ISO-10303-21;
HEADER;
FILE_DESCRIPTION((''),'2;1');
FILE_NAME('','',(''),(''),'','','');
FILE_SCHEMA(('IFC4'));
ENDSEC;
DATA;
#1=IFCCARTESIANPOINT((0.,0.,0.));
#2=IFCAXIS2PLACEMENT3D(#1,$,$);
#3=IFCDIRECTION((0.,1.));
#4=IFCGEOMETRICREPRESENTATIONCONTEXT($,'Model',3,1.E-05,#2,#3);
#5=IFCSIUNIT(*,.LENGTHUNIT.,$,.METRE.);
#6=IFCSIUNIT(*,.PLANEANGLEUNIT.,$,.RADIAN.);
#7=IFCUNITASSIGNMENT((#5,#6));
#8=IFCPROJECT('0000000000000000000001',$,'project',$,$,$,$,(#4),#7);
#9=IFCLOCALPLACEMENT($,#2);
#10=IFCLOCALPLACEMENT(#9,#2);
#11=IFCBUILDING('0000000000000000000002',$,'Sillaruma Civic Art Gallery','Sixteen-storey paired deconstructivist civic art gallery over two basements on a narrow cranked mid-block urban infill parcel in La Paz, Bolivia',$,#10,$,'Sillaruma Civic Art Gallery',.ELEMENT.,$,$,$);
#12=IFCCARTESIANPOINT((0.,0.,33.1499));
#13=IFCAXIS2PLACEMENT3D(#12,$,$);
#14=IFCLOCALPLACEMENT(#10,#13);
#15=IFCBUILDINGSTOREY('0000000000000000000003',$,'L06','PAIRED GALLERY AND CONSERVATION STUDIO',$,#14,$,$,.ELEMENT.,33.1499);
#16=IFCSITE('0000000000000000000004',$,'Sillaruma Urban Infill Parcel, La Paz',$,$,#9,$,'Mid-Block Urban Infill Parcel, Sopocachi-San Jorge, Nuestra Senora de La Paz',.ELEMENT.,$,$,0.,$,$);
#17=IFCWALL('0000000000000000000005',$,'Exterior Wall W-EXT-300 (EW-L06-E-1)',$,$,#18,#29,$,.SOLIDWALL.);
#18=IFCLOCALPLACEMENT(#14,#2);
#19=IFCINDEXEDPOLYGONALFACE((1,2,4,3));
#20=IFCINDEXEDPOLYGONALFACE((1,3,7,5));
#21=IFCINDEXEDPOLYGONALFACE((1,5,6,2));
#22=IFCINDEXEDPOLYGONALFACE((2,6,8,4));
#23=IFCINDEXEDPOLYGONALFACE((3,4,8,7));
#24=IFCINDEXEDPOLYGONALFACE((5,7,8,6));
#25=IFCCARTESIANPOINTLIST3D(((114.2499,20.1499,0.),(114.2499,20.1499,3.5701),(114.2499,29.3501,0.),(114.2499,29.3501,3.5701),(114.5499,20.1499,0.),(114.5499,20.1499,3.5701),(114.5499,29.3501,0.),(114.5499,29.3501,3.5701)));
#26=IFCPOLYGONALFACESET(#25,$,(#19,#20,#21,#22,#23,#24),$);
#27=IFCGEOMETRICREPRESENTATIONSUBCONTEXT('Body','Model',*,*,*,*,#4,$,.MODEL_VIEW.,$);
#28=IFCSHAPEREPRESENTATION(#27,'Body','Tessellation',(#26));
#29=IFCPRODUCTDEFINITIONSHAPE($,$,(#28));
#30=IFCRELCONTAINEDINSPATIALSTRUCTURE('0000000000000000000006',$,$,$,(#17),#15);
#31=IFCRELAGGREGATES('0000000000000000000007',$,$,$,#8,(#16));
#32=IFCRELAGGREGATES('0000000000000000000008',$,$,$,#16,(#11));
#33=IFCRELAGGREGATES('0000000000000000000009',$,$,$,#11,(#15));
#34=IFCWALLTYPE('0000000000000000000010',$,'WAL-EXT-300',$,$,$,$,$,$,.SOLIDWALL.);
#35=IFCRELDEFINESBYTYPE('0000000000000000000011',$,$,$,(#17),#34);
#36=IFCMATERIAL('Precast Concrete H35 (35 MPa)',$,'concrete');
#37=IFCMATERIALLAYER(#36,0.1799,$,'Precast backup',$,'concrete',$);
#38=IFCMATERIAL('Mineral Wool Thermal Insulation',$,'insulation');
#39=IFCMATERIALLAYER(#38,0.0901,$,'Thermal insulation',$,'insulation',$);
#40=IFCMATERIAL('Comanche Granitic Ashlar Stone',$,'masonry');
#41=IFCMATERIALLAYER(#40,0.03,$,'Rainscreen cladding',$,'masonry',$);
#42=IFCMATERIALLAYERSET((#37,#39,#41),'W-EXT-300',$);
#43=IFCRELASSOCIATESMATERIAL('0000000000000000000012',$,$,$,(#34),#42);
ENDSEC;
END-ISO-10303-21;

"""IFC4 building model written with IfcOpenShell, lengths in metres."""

from ifc_helpers import new_model, si_unit, direction, frame, frame_2d, origin, place, context, subcontext, project, spatial, rectangle, extrude, material, layer, layer_set, type_object, element, save


model = new_model("IFC4")

# Units and contexts
model_context = context("Model", 3, precision=1e-05, world=origin(), true_north=direction((0.0, 1.0)))
body_context = subcontext(model_context, "Body", "Model", "MODEL_VIEW")
ifc_project = project(units=[si_unit("LENGTHUNIT", "METRE"), si_unit("PLANEANGLEUNIT", "RADIAN")], contexts=[model_context])

# Site, building, storey
site_placement = place(None, origin())
site = spatial("IfcSite", under=ifc_project, at=site_placement, Name="Sillaruma Urban Infill Parcel, La Paz", LongName="Mid-Block Urban Infill Parcel, Sopocachi-San Jorge, Nuestra Senora de La Paz", CompositionType="ELEMENT", RefElevation=0.0)
building_placement = place(site_placement, origin())
building = spatial("IfcBuilding", under=site, at=building_placement, Name="Sillaruma Civic Art Gallery", Description="Sixteen-storey paired deconstructivist civic art gallery over two basements on a narrow cranked mid-block urban infill parcel in La Paz, Bolivia", LongName="Sillaruma Civic Art Gallery", CompositionType="ELEMENT")
storey_placement = place(building_placement, frame((0.0, 0.0, 33.1499)))
storey = spatial("IfcBuildingStorey", under=building, at=storey_placement, Name="L06", Description="PAIRED GALLERY AND CONSERVATION STUDIO", CompositionType="ELEMENT", Elevation=33.1499)

# Shared definitions
ifc_material_1 = material(Name="Mineral Wool Thermal Insulation", Category="insulation")

# Wall
ifc_material_2 = material(Name="Precast Concrete H35 (35 MPa)", Category="concrete")
ifc_layer_1 = layer(ifc_material_2, 0.1799, Name="Precast backup", Category="concrete")
ifc_layer_2 = layer(ifc_material_1, 0.0901, Name="Thermal insulation", Category="insulation")
ifc_material_3 = material(Name="Comanche Granitic Ashlar Stone", Category="masonry")
ifc_layer_3 = layer(ifc_material_3, 0.03, Name="Rainscreen cladding", Category="masonry")
ifc_layer_set_1 = layer_set([ifc_layer_1, ifc_layer_2, ifc_layer_3], Name="W-EXT-300")
wall_type_1 = type_object("IfcWallType", Name="WAL-EXT-300", PredefinedType="SOLIDWALL", material=ifc_layer_set_1)
wall_1_placement = place(storey_placement, frame((114.3999, 20.1499, 0.0), z_axis=(0.0, 0.0, 1.0), x_axis=(0.0, 1.0, 0.0)))
element("IfcWall", 1, at=wall_1_placement, inside=storey, type_object=wall_type_1, Name="Exterior Wall W-EXT-300 (EW-L06-E-1)", PredefinedType="SOLIDWALL", context=body_context, shape_type="SweptSolid", body=[
    extrude(rectangle(XDim=9.2002, YDim=0.3, at=frame_2d((4.6001, 0.0))), origin(), (0.0, 0.0, 1.0), 3.5701),
])

save(model, "model.ifc")
